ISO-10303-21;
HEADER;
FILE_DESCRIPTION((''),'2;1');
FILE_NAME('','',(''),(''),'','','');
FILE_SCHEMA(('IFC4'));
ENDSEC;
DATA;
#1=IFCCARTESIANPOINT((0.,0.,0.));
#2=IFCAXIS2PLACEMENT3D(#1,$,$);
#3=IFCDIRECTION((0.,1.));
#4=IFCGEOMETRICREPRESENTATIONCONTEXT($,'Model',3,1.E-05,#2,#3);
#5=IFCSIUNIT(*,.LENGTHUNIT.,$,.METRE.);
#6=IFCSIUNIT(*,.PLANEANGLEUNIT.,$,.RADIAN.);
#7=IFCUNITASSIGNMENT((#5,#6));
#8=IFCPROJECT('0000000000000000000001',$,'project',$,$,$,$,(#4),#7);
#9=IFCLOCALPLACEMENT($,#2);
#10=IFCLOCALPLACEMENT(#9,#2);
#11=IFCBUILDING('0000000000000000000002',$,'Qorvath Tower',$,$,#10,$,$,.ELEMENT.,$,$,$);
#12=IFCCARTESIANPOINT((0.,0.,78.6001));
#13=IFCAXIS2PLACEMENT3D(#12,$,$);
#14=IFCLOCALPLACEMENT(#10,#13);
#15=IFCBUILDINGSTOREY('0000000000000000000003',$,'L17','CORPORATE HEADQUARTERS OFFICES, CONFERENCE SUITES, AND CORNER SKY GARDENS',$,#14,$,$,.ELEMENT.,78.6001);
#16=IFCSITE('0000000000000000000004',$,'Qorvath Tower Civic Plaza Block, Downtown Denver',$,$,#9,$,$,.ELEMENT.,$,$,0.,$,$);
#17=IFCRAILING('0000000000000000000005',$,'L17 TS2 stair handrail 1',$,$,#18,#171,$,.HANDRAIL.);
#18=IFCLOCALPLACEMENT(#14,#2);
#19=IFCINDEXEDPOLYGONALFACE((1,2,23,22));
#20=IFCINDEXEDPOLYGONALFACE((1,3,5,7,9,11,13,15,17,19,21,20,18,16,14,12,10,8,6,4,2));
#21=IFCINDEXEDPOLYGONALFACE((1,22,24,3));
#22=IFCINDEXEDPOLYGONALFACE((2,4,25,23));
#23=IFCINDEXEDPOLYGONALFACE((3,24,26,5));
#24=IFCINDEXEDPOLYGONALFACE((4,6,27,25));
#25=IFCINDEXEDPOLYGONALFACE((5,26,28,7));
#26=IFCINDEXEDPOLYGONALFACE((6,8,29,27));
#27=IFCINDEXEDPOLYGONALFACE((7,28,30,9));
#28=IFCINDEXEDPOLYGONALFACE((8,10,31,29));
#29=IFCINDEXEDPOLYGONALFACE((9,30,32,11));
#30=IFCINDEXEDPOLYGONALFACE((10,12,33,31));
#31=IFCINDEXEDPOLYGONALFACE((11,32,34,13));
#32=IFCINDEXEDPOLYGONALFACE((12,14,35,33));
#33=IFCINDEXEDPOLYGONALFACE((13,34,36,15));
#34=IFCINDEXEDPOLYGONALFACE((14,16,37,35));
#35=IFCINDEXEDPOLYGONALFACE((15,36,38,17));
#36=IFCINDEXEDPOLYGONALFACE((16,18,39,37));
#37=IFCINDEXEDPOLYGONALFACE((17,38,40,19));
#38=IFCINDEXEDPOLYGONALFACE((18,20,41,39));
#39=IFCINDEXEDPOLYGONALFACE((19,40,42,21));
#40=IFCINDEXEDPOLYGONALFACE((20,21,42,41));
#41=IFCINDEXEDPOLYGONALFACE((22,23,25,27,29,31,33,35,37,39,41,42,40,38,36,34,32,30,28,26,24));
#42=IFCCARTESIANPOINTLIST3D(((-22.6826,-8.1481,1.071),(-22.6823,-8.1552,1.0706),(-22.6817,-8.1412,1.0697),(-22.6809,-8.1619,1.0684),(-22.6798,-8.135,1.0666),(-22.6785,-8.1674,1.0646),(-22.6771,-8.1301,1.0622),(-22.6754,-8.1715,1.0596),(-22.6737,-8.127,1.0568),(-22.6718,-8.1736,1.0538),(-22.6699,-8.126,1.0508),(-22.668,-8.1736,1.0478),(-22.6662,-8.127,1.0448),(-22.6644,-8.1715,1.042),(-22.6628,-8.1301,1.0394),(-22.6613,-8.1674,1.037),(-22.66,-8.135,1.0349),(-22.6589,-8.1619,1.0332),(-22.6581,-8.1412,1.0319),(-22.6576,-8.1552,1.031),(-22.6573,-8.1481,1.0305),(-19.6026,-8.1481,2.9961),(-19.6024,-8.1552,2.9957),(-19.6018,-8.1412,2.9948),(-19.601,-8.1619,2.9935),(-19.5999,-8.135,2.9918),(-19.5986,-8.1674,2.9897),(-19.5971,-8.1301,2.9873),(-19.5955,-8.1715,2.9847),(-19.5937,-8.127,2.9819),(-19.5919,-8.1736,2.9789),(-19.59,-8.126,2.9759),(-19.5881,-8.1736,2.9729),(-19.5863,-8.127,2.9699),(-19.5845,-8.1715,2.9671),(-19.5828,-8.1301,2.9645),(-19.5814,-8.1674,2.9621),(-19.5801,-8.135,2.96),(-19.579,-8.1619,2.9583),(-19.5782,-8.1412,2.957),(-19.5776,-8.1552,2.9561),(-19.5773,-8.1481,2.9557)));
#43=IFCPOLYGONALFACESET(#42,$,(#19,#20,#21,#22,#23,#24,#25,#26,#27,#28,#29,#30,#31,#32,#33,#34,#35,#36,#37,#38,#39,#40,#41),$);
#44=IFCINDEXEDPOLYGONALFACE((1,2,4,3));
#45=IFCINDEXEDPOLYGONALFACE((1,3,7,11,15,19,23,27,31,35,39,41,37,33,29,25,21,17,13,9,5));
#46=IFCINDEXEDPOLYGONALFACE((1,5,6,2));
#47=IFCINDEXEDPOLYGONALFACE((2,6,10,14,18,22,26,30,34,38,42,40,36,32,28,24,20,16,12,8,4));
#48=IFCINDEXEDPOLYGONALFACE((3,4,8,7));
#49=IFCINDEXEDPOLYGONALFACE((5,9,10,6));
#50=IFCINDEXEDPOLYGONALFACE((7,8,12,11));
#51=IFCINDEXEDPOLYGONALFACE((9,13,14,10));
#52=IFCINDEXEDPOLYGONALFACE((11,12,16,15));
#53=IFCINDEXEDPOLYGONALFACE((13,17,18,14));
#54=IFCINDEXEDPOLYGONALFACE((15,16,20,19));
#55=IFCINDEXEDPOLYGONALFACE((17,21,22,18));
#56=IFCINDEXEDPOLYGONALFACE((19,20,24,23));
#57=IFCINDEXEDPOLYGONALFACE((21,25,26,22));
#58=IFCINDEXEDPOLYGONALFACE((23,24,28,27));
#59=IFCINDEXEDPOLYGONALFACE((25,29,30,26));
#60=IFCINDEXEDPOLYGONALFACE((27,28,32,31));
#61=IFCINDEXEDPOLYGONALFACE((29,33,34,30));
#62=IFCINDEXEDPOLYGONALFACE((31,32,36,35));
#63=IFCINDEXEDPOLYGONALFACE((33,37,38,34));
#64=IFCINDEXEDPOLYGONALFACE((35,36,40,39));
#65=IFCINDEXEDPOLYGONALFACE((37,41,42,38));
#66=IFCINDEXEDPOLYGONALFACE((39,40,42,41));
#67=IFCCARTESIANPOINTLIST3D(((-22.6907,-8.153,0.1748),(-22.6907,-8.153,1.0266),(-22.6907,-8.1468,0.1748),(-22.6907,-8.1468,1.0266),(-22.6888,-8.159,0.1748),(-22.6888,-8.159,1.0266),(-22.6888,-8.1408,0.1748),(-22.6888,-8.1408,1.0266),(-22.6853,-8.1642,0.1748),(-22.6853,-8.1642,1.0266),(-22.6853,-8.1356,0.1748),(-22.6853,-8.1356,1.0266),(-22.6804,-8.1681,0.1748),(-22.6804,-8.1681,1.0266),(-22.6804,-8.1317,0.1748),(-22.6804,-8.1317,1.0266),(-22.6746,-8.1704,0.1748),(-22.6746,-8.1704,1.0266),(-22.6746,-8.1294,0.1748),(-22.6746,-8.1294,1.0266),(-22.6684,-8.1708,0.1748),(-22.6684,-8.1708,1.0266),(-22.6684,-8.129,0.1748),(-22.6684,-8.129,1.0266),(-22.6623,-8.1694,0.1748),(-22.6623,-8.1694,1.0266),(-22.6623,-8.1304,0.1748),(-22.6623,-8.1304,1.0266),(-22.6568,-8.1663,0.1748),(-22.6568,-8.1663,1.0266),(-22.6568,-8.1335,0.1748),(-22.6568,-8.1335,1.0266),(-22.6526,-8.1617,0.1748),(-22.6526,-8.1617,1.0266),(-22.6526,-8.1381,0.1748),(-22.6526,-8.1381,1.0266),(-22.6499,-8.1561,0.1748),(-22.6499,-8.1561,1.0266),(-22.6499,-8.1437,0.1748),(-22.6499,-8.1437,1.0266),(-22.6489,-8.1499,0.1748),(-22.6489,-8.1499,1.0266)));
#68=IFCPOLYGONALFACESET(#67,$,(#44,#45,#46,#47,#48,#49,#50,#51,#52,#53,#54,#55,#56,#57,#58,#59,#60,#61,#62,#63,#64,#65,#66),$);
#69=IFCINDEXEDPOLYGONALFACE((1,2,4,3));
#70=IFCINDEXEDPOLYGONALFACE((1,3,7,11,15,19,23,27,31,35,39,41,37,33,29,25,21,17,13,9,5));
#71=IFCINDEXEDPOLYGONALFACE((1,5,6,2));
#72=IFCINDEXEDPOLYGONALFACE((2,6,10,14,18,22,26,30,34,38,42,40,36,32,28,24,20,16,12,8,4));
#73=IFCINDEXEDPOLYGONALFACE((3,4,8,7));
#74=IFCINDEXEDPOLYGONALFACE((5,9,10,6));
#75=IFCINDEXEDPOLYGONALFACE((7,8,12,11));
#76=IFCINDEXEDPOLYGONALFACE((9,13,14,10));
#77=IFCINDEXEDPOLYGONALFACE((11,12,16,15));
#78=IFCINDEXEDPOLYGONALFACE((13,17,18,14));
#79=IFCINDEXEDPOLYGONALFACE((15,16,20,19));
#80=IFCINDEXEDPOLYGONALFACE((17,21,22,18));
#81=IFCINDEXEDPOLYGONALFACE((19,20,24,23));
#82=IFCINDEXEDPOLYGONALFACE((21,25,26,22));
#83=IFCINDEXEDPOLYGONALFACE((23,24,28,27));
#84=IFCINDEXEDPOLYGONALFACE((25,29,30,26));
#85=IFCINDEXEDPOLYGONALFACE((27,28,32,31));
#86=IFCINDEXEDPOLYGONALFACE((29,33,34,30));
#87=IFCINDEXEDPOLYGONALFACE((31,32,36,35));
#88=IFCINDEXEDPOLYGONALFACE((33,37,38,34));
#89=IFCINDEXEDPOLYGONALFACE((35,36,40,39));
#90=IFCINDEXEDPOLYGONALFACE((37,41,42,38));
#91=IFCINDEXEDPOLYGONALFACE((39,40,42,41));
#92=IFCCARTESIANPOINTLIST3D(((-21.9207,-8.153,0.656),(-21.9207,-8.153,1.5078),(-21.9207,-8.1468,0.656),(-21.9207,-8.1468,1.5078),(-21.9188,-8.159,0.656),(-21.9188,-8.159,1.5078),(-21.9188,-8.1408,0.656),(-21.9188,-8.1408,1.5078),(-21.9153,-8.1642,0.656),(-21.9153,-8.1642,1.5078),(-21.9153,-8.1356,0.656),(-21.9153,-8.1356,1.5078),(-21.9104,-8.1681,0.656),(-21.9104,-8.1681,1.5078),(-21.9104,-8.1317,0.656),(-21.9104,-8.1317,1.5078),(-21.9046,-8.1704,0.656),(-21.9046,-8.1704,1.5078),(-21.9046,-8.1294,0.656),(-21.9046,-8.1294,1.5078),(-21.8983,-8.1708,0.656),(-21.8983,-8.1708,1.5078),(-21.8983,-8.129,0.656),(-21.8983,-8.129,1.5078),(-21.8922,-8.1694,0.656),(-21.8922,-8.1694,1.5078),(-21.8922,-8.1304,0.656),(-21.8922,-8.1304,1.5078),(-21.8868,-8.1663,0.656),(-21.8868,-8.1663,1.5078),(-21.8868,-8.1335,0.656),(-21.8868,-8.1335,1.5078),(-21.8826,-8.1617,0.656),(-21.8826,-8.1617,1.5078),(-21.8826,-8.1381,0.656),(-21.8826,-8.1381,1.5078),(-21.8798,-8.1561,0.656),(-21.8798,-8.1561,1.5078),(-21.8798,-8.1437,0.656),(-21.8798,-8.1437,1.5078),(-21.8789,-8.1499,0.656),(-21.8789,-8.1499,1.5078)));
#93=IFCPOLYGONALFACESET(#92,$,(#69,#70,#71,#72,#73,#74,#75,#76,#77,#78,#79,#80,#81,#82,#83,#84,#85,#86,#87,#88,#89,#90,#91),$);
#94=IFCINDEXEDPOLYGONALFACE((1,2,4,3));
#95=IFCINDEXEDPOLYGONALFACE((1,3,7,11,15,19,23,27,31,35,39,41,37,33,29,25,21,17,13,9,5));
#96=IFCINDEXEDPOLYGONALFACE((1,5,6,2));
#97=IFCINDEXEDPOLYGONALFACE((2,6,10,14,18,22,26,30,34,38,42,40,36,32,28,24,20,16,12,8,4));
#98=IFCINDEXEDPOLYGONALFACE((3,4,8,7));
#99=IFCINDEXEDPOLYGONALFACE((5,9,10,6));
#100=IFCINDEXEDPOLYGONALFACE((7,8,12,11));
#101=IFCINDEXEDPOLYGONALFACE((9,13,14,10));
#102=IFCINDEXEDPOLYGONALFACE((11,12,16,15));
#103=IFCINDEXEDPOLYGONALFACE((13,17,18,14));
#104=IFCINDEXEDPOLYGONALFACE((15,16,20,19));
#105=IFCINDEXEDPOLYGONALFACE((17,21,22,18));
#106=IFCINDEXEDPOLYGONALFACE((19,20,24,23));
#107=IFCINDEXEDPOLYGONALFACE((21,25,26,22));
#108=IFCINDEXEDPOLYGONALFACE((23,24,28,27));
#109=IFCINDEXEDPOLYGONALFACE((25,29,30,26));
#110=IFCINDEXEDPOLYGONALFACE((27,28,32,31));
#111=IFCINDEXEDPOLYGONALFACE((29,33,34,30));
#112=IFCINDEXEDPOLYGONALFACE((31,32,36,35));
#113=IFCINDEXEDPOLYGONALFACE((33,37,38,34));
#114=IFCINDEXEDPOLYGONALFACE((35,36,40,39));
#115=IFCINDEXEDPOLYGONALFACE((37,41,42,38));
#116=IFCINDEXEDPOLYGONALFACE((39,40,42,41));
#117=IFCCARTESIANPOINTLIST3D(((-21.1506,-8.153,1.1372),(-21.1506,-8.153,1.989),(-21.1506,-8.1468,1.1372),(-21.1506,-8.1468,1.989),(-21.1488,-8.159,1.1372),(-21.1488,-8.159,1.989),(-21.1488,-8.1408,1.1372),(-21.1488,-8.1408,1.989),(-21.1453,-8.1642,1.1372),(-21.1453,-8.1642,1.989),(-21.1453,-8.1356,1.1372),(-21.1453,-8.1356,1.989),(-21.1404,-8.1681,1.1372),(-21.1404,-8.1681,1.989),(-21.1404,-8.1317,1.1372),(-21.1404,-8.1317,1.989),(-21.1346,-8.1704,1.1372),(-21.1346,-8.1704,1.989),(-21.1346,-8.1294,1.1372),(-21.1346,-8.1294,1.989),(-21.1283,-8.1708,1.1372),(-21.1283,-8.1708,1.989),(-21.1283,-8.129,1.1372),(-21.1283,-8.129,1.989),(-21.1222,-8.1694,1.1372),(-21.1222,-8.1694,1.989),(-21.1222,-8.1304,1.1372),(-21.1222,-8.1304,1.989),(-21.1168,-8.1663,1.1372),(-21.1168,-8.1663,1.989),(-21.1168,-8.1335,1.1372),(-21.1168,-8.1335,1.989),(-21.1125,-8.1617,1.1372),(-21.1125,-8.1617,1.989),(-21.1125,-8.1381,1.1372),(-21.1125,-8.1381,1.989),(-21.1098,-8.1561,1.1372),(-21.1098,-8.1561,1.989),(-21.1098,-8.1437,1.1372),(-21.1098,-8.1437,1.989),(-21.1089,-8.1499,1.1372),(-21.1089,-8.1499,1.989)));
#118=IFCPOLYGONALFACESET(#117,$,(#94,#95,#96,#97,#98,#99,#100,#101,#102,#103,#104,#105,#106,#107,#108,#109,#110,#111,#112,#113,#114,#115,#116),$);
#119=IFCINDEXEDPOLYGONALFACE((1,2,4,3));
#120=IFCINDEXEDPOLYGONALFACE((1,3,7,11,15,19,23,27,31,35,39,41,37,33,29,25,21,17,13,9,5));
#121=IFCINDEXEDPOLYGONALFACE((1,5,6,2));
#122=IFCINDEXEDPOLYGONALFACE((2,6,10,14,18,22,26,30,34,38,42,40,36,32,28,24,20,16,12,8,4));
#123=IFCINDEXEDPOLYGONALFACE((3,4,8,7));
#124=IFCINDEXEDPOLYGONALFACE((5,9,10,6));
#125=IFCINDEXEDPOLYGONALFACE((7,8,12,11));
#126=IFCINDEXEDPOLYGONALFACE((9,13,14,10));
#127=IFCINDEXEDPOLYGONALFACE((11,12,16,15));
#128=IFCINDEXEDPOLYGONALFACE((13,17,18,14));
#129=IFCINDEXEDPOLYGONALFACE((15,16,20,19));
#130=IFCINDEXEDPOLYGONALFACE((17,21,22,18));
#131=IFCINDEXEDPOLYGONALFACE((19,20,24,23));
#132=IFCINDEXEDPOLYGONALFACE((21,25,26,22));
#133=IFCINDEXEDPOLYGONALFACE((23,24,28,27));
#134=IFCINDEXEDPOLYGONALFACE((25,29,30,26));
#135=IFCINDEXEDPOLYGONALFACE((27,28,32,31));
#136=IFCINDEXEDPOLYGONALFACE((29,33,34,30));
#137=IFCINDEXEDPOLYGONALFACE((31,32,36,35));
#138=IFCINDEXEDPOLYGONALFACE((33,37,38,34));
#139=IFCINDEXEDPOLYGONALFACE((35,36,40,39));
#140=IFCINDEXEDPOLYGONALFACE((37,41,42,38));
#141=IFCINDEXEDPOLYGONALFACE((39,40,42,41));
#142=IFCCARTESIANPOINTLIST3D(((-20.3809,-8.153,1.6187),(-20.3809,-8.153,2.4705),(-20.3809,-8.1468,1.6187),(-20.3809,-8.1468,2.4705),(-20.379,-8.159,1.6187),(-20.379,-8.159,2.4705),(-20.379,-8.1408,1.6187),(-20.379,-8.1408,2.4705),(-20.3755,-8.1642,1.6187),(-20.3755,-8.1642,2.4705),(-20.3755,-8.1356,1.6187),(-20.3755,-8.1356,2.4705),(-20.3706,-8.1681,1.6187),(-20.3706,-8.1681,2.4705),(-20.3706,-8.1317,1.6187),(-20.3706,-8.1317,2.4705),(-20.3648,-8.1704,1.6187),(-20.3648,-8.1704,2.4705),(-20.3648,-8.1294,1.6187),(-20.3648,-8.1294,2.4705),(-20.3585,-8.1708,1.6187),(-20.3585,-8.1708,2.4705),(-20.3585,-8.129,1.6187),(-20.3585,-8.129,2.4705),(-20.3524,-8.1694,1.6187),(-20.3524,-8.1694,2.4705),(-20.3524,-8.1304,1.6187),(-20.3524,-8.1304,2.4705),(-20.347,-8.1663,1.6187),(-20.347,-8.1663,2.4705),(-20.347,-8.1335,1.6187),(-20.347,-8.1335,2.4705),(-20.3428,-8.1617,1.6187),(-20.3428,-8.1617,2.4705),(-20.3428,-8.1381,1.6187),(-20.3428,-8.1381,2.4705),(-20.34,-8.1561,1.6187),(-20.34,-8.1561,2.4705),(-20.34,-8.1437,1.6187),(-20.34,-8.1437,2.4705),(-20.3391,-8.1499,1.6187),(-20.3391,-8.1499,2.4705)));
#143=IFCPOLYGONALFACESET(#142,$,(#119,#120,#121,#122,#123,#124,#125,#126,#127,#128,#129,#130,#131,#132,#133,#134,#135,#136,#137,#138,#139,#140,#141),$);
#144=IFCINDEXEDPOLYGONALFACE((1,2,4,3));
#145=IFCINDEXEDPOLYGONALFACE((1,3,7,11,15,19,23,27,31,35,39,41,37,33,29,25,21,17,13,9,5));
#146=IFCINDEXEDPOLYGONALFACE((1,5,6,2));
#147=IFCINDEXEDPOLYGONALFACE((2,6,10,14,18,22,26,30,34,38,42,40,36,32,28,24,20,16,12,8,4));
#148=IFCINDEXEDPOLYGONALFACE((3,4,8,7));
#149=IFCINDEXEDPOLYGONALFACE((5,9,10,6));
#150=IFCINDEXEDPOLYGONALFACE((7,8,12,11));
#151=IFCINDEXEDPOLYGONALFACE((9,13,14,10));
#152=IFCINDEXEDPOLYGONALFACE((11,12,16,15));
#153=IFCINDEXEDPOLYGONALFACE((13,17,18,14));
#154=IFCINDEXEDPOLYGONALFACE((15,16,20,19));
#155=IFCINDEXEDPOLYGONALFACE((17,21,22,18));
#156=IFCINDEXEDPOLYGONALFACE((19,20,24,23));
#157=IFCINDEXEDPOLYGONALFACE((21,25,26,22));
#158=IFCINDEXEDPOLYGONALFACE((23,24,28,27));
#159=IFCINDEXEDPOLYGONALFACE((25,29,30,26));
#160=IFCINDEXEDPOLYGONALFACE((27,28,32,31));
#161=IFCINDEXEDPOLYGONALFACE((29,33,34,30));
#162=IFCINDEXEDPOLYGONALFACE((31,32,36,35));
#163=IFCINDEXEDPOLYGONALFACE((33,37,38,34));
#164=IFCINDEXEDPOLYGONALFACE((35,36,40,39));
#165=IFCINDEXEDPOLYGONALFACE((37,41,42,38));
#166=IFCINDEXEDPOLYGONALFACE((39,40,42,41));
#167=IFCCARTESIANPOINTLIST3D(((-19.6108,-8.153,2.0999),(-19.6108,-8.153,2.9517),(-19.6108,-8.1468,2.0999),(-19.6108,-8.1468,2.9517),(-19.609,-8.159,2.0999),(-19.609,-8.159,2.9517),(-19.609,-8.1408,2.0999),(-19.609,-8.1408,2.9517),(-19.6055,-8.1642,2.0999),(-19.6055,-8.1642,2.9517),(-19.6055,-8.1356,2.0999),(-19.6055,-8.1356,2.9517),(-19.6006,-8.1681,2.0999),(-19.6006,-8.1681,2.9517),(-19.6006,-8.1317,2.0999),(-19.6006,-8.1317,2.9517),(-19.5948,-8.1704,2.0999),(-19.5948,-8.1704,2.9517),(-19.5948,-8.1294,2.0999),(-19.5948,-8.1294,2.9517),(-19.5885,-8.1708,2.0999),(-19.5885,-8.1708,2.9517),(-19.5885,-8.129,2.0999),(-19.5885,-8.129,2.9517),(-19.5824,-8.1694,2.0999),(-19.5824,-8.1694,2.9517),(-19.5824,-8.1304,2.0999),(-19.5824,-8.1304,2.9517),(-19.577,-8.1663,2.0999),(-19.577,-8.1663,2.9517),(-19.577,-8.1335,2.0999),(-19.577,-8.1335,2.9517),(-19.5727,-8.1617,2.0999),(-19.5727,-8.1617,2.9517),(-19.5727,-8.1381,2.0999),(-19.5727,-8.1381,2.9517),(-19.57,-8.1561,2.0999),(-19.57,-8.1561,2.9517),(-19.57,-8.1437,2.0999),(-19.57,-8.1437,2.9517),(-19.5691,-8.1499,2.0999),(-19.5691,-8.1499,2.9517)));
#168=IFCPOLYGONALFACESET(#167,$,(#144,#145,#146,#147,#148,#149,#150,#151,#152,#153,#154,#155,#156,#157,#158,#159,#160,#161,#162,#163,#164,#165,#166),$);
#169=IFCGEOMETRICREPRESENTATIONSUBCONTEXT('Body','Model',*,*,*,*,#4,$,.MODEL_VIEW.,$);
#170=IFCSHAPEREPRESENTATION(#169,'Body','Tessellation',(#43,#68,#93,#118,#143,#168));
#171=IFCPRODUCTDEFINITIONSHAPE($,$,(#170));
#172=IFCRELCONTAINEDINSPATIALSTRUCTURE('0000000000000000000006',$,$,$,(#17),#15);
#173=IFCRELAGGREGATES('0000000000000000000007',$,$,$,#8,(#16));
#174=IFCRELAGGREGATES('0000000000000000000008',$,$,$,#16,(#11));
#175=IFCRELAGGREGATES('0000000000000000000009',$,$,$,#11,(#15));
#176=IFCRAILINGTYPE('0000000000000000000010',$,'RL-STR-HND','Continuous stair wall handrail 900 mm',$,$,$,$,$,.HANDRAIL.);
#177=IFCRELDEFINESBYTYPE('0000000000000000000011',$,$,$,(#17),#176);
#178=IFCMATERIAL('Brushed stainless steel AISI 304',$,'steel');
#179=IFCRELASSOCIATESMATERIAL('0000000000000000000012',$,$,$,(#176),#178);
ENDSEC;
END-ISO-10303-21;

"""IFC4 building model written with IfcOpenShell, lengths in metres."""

from ifc_helpers import new_model, si_unit, direction, frame, origin, origin_2d, place, context, subcontext, project, spatial, circle, extrude, material, type_object, element, save


model = new_model("IFC4")

# Units and contexts
model_context = context("Model", 3, precision=1e-05, world=origin(), true_north=direction((0.0, 1.0)))
body_context = subcontext(model_context, "Body", "Model", "MODEL_VIEW")
ifc_project = project(units=[si_unit("LENGTHUNIT", "METRE"), si_unit("PLANEANGLEUNIT", "RADIAN")], contexts=[model_context])

# Site, building, storey
site_placement = place(None, origin())
site = spatial("IfcSite", under=ifc_project, at=site_placement, Name="Qorvath Tower Civic Plaza Block, Downtown Denver", CompositionType="ELEMENT", RefElevation=0.0)
building_placement = place(site_placement, origin())
building = spatial("IfcBuilding", under=site, at=building_placement, Name="Qorvath Tower", CompositionType="ELEMENT")
storey_placement = place(building_placement, frame((0.0, 0.0, 78.6001)))
storey = spatial("IfcBuildingStorey", under=building, at=storey_placement, Name="L17", Description="CORPORATE HEADQUARTERS OFFICES, CONFERENCE SUITES, AND CORNER SKY GARDENS", CompositionType="ELEMENT", Elevation=78.6001)

# Railing
ifc_material_1 = material(Name="Brushed stainless steel AISI 304", Category="steel")
railing_type_1 = type_object("IfcRailingType", Name="RL-STR-HND", Description="Continuous stair wall handrail 900 mm", PredefinedType="HANDRAIL", material=ifc_material_1)
railing_1_placement = place(storey_placement, frame((-22.6699, -8.1499, 0.1748)))
element("IfcRailing", 1, at=railing_1_placement, inside=storey, type_object=railing_type_1, Name="L17 TS2 stair handrail 1", PredefinedType="HANDRAIL", context=body_context, shape_type="SweptSolid", body=[
    extrude(circle(Radius=0.0239, at=origin_2d()), frame((0.0, 0.0, 0.876), z_axis=(0.847979, 0.0, 0.530029), x_axis=(0.0, 1.0, 0.0)), (0.0, 0.0, 1.0), 3.6321),
    extrude(circle(Radius=0.021, at=origin_2d()), origin(), (0.0, 0.0, 1.0), 0.8518),
    extrude(circle(Radius=0.021, at=origin_2d()), frame((0.77, 0.0, 0.4812)), (0.0, 0.0, 1.0), 0.8518),
    extrude(circle(Radius=0.021, at=origin_2d()), frame((1.54, 0.0, 0.9624)), (0.0, 0.0, 1.0), 0.8518),
    extrude(circle(Radius=0.021, at=origin_2d()), frame((2.3098, 0.0, 1.4438)), (0.0, 0.0, 1.0), 0.8518),
    extrude(circle(Radius=0.021, at=origin_2d()), frame((3.0798, 0.0, 1.925)), (0.0, 0.0, 1.0), 0.8518),
])

save(model, "model.ifc")
